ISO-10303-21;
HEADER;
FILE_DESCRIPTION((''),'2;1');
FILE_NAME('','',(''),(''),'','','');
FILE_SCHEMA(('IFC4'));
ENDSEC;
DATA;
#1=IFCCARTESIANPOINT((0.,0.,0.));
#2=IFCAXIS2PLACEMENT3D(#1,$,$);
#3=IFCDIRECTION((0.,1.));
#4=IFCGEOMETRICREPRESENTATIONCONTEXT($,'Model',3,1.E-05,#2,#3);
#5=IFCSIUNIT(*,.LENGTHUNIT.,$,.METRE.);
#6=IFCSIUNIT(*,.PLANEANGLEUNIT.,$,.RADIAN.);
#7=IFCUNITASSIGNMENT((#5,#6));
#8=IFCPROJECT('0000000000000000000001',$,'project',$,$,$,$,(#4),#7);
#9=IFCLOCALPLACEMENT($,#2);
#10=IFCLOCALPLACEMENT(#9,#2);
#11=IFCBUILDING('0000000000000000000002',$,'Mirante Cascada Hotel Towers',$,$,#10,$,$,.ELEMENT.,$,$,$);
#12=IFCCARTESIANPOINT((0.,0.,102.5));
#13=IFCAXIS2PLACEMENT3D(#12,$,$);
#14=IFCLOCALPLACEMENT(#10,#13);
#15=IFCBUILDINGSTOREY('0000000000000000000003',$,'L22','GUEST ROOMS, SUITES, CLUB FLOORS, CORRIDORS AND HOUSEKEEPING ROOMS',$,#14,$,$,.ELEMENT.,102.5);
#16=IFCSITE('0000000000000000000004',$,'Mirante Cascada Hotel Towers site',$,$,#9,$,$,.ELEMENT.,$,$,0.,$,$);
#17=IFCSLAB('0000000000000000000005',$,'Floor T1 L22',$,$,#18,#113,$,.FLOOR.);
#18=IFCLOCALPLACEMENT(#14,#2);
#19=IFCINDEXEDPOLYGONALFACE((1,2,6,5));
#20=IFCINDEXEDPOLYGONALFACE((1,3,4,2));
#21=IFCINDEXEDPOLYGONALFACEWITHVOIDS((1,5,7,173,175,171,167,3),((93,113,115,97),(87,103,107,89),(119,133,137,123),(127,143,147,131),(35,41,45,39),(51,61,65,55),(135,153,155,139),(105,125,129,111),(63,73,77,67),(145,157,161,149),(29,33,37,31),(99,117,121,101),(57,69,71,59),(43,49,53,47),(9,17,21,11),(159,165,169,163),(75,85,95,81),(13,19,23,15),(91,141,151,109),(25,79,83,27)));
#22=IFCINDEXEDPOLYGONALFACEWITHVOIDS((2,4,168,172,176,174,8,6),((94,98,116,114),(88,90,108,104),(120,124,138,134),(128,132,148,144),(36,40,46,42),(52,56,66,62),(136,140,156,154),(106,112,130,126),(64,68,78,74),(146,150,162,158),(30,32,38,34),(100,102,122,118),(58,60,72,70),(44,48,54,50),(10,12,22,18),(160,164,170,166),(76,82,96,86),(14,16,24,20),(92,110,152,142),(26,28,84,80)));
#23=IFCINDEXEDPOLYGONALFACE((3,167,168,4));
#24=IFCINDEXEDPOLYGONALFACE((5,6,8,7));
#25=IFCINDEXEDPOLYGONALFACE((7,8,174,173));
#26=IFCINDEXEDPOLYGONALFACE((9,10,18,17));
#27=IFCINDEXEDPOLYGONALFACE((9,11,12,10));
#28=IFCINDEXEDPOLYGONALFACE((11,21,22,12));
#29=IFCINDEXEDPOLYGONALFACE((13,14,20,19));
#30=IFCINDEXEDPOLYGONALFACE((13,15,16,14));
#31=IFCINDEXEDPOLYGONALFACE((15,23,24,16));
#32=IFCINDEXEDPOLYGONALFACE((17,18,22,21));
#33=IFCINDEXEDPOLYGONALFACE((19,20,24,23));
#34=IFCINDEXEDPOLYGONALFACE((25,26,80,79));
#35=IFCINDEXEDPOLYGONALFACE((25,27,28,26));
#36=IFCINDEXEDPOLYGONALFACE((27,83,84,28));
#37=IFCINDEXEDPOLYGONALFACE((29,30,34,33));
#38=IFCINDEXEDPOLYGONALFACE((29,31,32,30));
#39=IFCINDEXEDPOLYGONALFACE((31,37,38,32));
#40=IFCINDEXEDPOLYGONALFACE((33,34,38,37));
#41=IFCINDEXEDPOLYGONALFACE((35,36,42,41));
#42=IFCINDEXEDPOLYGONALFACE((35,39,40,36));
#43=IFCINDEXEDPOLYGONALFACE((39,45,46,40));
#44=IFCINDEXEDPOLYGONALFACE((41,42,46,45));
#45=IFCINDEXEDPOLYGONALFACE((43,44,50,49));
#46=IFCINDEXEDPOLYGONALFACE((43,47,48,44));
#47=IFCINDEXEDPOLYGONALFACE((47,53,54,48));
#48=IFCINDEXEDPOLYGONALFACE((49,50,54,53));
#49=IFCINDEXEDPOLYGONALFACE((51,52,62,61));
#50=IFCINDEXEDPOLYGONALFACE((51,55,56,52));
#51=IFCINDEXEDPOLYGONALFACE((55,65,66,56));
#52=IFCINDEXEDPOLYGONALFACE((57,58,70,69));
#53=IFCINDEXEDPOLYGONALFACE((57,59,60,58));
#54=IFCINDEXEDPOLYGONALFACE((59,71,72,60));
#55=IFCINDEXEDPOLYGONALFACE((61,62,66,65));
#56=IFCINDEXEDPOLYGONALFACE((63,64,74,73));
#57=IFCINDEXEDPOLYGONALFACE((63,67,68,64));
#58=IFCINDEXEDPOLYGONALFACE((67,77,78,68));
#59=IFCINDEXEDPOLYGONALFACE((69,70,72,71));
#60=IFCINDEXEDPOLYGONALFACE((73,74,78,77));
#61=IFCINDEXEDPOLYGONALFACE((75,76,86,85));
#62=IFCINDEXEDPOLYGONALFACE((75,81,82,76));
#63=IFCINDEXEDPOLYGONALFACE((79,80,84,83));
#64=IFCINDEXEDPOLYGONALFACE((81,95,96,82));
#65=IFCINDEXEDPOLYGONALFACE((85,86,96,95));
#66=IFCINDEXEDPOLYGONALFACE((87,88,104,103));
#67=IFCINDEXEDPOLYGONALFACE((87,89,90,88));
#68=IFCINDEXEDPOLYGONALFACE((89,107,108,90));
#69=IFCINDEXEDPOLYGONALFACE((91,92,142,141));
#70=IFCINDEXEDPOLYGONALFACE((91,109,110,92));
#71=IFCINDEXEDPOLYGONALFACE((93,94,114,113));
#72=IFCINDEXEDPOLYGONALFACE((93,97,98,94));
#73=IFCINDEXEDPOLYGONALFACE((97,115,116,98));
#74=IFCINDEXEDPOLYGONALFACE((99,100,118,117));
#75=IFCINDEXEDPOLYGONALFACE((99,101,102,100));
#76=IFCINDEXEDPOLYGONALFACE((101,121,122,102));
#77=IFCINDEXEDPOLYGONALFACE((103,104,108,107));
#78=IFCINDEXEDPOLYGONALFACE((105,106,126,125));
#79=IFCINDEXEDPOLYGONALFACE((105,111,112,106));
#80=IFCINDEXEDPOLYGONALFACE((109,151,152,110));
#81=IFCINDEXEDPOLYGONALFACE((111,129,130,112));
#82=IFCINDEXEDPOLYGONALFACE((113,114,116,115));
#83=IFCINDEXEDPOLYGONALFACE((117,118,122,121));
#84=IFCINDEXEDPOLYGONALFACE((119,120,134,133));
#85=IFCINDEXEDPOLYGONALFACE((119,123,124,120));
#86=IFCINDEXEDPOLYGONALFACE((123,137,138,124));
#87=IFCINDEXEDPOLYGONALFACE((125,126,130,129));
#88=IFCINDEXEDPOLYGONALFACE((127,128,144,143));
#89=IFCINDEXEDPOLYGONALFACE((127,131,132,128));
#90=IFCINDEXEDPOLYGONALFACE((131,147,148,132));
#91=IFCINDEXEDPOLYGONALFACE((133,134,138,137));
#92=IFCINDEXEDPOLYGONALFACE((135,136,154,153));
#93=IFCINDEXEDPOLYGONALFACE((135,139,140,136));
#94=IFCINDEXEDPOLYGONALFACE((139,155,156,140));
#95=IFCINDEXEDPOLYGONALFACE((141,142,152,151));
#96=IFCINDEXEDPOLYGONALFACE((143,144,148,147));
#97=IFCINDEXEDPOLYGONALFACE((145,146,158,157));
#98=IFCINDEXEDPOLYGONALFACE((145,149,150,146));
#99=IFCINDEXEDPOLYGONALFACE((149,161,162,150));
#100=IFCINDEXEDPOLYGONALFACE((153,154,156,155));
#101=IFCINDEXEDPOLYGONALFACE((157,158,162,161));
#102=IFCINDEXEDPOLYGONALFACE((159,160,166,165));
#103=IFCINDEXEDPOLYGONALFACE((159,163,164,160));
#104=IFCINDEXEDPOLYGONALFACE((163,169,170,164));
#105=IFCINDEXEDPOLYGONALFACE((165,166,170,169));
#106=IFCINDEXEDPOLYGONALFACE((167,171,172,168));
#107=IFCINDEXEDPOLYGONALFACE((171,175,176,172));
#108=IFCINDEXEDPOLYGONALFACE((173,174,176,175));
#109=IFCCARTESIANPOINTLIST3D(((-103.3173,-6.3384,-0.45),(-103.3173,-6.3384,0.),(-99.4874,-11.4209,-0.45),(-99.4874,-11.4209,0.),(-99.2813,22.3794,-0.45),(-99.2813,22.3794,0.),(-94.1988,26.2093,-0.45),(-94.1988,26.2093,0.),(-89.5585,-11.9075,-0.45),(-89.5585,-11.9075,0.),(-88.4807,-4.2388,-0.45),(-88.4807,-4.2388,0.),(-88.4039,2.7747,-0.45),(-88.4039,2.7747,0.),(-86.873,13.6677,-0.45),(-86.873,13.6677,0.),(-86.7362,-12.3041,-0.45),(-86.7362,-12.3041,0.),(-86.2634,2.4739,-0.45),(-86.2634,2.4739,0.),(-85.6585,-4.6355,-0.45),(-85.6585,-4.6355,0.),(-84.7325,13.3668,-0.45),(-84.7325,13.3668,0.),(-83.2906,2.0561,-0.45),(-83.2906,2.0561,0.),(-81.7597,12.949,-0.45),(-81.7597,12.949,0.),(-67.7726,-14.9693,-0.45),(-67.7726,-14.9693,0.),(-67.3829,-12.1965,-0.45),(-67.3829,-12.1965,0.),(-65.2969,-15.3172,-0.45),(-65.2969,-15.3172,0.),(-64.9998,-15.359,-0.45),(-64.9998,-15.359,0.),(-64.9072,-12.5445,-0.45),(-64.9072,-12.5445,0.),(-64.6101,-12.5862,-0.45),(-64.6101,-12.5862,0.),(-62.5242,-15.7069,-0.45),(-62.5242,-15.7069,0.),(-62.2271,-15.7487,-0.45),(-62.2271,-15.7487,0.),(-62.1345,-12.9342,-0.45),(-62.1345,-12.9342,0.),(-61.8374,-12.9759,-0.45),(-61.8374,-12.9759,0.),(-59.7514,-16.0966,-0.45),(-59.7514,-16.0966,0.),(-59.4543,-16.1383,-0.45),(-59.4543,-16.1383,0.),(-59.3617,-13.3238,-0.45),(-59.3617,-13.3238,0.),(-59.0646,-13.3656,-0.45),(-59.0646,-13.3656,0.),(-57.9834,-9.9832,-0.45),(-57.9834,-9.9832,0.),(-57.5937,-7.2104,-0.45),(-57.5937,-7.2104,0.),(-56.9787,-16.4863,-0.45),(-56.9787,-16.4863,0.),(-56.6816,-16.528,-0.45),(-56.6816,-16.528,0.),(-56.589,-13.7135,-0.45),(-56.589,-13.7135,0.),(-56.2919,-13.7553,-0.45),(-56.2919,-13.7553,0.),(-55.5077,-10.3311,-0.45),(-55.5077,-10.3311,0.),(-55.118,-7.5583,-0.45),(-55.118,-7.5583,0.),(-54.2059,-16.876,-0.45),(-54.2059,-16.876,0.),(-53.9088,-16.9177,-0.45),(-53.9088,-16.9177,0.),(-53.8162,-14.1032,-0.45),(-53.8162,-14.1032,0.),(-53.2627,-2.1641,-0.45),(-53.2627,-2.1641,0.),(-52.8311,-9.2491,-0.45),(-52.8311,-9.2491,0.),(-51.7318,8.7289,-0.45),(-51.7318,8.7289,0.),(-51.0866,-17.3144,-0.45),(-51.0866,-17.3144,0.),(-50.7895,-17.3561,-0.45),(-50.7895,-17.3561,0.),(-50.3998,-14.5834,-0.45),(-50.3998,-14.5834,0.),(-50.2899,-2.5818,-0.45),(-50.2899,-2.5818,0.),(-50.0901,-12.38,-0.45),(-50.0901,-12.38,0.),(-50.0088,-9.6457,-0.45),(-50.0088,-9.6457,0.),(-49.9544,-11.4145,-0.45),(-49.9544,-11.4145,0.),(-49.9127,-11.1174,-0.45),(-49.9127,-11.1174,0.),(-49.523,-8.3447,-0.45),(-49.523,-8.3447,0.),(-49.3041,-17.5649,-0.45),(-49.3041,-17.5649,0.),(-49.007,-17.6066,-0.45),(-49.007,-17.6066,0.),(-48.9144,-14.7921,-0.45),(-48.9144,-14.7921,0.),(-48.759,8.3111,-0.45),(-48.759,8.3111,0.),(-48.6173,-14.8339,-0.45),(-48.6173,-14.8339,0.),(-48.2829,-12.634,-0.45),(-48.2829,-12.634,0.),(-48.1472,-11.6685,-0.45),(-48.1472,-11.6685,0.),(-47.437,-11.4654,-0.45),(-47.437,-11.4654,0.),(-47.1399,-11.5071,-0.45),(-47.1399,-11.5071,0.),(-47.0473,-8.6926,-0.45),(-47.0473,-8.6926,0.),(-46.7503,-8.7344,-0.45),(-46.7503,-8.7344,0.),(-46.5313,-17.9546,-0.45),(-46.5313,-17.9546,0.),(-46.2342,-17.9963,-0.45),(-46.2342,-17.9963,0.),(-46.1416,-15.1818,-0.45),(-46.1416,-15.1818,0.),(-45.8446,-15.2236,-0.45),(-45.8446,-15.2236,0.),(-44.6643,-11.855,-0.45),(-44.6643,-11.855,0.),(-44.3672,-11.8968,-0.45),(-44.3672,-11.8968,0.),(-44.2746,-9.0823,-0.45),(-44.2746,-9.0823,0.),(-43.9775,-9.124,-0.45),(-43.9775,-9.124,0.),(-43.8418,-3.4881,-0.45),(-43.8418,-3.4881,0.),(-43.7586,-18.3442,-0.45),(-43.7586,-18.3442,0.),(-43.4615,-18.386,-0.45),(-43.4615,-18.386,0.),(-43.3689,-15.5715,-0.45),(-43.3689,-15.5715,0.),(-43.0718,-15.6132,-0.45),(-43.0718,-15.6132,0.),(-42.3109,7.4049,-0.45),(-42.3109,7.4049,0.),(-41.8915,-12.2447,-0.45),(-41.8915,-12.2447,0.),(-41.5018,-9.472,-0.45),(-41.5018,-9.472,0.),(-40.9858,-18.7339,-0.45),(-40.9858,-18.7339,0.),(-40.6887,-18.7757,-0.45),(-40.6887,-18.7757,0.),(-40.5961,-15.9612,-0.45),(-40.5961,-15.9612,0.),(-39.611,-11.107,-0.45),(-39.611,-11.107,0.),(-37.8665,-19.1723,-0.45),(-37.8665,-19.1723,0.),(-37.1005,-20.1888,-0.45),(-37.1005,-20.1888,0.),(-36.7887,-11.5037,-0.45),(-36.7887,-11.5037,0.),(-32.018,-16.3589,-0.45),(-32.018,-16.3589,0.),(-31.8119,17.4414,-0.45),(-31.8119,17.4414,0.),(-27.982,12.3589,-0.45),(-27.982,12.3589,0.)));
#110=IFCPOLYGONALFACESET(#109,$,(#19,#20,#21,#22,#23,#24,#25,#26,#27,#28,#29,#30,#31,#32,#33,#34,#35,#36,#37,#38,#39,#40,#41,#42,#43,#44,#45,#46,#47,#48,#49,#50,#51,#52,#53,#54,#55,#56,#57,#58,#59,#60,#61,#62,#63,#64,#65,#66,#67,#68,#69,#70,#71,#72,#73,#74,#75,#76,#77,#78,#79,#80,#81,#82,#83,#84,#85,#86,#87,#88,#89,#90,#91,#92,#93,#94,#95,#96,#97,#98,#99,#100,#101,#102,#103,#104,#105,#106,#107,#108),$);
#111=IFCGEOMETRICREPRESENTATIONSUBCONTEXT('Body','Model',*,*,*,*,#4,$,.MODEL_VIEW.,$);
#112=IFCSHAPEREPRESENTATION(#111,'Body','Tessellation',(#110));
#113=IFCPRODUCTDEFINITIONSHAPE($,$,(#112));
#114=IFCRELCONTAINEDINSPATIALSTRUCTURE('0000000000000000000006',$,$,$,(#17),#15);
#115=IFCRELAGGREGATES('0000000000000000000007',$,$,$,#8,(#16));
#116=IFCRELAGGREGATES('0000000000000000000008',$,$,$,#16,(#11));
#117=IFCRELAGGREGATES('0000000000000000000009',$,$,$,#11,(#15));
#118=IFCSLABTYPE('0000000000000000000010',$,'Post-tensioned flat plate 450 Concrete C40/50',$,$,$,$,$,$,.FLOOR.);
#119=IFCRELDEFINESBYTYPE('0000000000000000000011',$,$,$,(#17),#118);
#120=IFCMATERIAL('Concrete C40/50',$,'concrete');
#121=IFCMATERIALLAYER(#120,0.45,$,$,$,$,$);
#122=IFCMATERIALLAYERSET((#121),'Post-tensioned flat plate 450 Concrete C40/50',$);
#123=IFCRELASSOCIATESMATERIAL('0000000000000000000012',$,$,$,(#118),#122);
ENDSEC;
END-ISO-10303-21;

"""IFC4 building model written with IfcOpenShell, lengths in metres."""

from ifc_helpers import new_model, si_unit, direction, frame, origin, place, context, subcontext, project, spatial, polyline, outline, extrude, material, layer, layer_set, type_object, element, save


model = new_model("IFC4")

# Units and contexts
model_context = context("Model", 3, precision=1e-05, world=origin(), true_north=direction((0.0, 1.0)))
body_context = subcontext(model_context, "Body", "Model", "MODEL_VIEW")
ifc_project = project(units=[si_unit("LENGTHUNIT", "METRE"), si_unit("PLANEANGLEUNIT", "RADIAN")], contexts=[model_context])

# Site, building, storey
site_placement = place(None, origin())
site = spatial("IfcSite", under=ifc_project, at=site_placement, Name="Mirante Cascada Hotel Towers site", CompositionType="ELEMENT", RefElevation=0.0)
building_placement = place(site_placement, origin())
building = spatial("IfcBuilding", under=site, at=building_placement, Name="Mirante Cascada Hotel Towers", CompositionType="ELEMENT")
storey_placement = place(building_placement, frame((0.0, 0.0, 102.5)))
storey = spatial("IfcBuildingStorey", under=building, at=storey_placement, Name="L22", Description="GUEST ROOMS, SUITES, CLUB FLOORS, CORRIDORS AND HOUSEKEEPING ROOMS", CompositionType="ELEMENT", Elevation=102.5)

# Slab
ifc_material_1 = material(Name="Concrete C40/50", Category="concrete")
ifc_layer_1 = layer(ifc_material_1, 0.45)
ifc_layer_set_1 = layer_set([ifc_layer_1], Name="Post-tensioned flat plate 450 Concrete C40/50")
slab_type = type_object("IfcSlabType", Name="Post-tensioned flat plate 450 Concrete C40/50", PredefinedType="FLOOR", material=ifc_layer_set_1)
slab_1_placement = place(storey_placement, frame((0.0, 0.0, -0.45)))
element("IfcSlab", 1, at=slab_1_placement, inside=storey, type_object=slab_type, Name="Floor T1 L22", PredefinedType="FLOOR", context=body_context, shape_type="SweptSolid", body=[
    extrude(outline(polyline([(-32.018, -16.3589), (-27.982, 12.3589), (-31.8119, 17.4414), (-94.1988, 26.2093), (-99.2813, 22.3794), (-103.3173, -6.3384), (-99.4874, -11.4209), (-37.1005, -20.1888), (-32.018, -16.3589)]), holes=[polyline([(-43.0718, -15.6132), (-40.5961, -15.9612), (-40.9858, -18.7339), (-43.4615, -18.386), (-43.0718, -15.6132)]), polyline([(-45.8446, -15.2236), (-43.3689, -15.5715), (-43.7586, -18.3442), (-46.2342, -17.9963), (-45.8446, -15.2236)]), polyline([(-48.6173, -14.8339), (-46.1416, -15.1818), (-46.5313, -17.9546), (-49.007, -17.6066), (-48.6173, -14.8339)]), polyline([(-50.3998, -14.5834), (-48.9144, -14.7921), (-49.3041, -17.5649), (-50.7895, -17.3561), (-50.3998, -14.5834)]), polyline([(-36.7887, -11.5037), (-37.8665, -19.1723), (-40.6887, -18.7757), (-39.611, -11.107), (-36.7887, -11.5037)]), polyline([(-49.9544, -11.4145), (-48.1472, -11.6685), (-48.2829, -12.634), (-50.0901, -12.38), (-49.9544, -11.4145)]), polyline([(-43.9775, -9.124), (-41.5018, -9.472), (-41.8915, -12.2447), (-44.3672, -11.8968), (-43.9775, -9.124)]), polyline([(-47.1399, -11.5071), (-46.7503, -8.7344), (-44.2746, -9.0823), (-44.6643, -11.855), (-47.1399, -11.5071)]), polyline([(-49.9127, -11.1174), (-49.523, -8.3447), (-47.0473, -8.6926), (-47.437, -11.4654), (-49.9127, -11.1174)]), polyline([(-56.2919, -13.7553), (-53.8162, -14.1032), (-54.2059, -16.876), (-56.6816, -16.528), (-56.2919, -13.7553)]), polyline([(-59.0646, -13.3656), (-56.589, -13.7135), (-56.9787, -16.4863), (-59.4543, -16.1383), (-59.0646, -13.3656)]), polyline([(-61.8374, -12.9759), (-59.3617, -13.3238), (-59.7514, -16.0966), (-62.2271, -15.7487), (-61.8374, -12.9759)]), polyline([(-64.6101, -12.5862), (-62.1345, -12.9342), (-62.5242, -15.7069), (-64.9998, -15.359), (-64.6101, -12.5862)]), polyline([(-67.3829, -12.1965), (-64.9072, -12.5445), (-65.2969, -15.3172), (-67.7726, -14.9693), (-67.3829, -12.1965)]), polyline([(-50.0088, -9.6457), (-51.0866, -17.3144), (-53.9088, -16.9177), (-52.8311, -9.2491), (-50.0088, -9.6457)]), polyline([(-85.6585, -4.6355), (-86.7362, -12.3041), (-89.5585, -11.9075), (-88.4807, -4.2388), (-85.6585, -4.6355)]), polyline([(-57.9834, -9.9832), (-57.5937, -7.2104), (-55.118, -7.5583), (-55.5077, -10.3311), (-57.9834, -9.9832)]), polyline([(-86.873, 13.6677), (-84.7325, 13.3668), (-84.7325, 13.3668), (-86.2634, 2.4739), (-86.2634, 2.4739), (-88.4039, 2.7747), (-86.873, 13.6677)]), polyline([(-51.7318, 8.7289), (-53.2627, -2.1641), (-53.2627, -2.1641), (-83.2906, 2.0561), (-83.2906, 2.0561), (-81.7597, 12.949), (-81.7597, 12.949), (-51.7318, 8.7289)]), polyline([(-42.3109, 7.4049), (-43.8418, -3.4881), (-50.2899, -2.5818), (-50.2899, -2.5818), (-48.759, 8.3111), (-42.3109, 7.4049)])]), origin(), (0.0, 0.0, 1.0), 0.45),
])

save(model, "model.ifc")
